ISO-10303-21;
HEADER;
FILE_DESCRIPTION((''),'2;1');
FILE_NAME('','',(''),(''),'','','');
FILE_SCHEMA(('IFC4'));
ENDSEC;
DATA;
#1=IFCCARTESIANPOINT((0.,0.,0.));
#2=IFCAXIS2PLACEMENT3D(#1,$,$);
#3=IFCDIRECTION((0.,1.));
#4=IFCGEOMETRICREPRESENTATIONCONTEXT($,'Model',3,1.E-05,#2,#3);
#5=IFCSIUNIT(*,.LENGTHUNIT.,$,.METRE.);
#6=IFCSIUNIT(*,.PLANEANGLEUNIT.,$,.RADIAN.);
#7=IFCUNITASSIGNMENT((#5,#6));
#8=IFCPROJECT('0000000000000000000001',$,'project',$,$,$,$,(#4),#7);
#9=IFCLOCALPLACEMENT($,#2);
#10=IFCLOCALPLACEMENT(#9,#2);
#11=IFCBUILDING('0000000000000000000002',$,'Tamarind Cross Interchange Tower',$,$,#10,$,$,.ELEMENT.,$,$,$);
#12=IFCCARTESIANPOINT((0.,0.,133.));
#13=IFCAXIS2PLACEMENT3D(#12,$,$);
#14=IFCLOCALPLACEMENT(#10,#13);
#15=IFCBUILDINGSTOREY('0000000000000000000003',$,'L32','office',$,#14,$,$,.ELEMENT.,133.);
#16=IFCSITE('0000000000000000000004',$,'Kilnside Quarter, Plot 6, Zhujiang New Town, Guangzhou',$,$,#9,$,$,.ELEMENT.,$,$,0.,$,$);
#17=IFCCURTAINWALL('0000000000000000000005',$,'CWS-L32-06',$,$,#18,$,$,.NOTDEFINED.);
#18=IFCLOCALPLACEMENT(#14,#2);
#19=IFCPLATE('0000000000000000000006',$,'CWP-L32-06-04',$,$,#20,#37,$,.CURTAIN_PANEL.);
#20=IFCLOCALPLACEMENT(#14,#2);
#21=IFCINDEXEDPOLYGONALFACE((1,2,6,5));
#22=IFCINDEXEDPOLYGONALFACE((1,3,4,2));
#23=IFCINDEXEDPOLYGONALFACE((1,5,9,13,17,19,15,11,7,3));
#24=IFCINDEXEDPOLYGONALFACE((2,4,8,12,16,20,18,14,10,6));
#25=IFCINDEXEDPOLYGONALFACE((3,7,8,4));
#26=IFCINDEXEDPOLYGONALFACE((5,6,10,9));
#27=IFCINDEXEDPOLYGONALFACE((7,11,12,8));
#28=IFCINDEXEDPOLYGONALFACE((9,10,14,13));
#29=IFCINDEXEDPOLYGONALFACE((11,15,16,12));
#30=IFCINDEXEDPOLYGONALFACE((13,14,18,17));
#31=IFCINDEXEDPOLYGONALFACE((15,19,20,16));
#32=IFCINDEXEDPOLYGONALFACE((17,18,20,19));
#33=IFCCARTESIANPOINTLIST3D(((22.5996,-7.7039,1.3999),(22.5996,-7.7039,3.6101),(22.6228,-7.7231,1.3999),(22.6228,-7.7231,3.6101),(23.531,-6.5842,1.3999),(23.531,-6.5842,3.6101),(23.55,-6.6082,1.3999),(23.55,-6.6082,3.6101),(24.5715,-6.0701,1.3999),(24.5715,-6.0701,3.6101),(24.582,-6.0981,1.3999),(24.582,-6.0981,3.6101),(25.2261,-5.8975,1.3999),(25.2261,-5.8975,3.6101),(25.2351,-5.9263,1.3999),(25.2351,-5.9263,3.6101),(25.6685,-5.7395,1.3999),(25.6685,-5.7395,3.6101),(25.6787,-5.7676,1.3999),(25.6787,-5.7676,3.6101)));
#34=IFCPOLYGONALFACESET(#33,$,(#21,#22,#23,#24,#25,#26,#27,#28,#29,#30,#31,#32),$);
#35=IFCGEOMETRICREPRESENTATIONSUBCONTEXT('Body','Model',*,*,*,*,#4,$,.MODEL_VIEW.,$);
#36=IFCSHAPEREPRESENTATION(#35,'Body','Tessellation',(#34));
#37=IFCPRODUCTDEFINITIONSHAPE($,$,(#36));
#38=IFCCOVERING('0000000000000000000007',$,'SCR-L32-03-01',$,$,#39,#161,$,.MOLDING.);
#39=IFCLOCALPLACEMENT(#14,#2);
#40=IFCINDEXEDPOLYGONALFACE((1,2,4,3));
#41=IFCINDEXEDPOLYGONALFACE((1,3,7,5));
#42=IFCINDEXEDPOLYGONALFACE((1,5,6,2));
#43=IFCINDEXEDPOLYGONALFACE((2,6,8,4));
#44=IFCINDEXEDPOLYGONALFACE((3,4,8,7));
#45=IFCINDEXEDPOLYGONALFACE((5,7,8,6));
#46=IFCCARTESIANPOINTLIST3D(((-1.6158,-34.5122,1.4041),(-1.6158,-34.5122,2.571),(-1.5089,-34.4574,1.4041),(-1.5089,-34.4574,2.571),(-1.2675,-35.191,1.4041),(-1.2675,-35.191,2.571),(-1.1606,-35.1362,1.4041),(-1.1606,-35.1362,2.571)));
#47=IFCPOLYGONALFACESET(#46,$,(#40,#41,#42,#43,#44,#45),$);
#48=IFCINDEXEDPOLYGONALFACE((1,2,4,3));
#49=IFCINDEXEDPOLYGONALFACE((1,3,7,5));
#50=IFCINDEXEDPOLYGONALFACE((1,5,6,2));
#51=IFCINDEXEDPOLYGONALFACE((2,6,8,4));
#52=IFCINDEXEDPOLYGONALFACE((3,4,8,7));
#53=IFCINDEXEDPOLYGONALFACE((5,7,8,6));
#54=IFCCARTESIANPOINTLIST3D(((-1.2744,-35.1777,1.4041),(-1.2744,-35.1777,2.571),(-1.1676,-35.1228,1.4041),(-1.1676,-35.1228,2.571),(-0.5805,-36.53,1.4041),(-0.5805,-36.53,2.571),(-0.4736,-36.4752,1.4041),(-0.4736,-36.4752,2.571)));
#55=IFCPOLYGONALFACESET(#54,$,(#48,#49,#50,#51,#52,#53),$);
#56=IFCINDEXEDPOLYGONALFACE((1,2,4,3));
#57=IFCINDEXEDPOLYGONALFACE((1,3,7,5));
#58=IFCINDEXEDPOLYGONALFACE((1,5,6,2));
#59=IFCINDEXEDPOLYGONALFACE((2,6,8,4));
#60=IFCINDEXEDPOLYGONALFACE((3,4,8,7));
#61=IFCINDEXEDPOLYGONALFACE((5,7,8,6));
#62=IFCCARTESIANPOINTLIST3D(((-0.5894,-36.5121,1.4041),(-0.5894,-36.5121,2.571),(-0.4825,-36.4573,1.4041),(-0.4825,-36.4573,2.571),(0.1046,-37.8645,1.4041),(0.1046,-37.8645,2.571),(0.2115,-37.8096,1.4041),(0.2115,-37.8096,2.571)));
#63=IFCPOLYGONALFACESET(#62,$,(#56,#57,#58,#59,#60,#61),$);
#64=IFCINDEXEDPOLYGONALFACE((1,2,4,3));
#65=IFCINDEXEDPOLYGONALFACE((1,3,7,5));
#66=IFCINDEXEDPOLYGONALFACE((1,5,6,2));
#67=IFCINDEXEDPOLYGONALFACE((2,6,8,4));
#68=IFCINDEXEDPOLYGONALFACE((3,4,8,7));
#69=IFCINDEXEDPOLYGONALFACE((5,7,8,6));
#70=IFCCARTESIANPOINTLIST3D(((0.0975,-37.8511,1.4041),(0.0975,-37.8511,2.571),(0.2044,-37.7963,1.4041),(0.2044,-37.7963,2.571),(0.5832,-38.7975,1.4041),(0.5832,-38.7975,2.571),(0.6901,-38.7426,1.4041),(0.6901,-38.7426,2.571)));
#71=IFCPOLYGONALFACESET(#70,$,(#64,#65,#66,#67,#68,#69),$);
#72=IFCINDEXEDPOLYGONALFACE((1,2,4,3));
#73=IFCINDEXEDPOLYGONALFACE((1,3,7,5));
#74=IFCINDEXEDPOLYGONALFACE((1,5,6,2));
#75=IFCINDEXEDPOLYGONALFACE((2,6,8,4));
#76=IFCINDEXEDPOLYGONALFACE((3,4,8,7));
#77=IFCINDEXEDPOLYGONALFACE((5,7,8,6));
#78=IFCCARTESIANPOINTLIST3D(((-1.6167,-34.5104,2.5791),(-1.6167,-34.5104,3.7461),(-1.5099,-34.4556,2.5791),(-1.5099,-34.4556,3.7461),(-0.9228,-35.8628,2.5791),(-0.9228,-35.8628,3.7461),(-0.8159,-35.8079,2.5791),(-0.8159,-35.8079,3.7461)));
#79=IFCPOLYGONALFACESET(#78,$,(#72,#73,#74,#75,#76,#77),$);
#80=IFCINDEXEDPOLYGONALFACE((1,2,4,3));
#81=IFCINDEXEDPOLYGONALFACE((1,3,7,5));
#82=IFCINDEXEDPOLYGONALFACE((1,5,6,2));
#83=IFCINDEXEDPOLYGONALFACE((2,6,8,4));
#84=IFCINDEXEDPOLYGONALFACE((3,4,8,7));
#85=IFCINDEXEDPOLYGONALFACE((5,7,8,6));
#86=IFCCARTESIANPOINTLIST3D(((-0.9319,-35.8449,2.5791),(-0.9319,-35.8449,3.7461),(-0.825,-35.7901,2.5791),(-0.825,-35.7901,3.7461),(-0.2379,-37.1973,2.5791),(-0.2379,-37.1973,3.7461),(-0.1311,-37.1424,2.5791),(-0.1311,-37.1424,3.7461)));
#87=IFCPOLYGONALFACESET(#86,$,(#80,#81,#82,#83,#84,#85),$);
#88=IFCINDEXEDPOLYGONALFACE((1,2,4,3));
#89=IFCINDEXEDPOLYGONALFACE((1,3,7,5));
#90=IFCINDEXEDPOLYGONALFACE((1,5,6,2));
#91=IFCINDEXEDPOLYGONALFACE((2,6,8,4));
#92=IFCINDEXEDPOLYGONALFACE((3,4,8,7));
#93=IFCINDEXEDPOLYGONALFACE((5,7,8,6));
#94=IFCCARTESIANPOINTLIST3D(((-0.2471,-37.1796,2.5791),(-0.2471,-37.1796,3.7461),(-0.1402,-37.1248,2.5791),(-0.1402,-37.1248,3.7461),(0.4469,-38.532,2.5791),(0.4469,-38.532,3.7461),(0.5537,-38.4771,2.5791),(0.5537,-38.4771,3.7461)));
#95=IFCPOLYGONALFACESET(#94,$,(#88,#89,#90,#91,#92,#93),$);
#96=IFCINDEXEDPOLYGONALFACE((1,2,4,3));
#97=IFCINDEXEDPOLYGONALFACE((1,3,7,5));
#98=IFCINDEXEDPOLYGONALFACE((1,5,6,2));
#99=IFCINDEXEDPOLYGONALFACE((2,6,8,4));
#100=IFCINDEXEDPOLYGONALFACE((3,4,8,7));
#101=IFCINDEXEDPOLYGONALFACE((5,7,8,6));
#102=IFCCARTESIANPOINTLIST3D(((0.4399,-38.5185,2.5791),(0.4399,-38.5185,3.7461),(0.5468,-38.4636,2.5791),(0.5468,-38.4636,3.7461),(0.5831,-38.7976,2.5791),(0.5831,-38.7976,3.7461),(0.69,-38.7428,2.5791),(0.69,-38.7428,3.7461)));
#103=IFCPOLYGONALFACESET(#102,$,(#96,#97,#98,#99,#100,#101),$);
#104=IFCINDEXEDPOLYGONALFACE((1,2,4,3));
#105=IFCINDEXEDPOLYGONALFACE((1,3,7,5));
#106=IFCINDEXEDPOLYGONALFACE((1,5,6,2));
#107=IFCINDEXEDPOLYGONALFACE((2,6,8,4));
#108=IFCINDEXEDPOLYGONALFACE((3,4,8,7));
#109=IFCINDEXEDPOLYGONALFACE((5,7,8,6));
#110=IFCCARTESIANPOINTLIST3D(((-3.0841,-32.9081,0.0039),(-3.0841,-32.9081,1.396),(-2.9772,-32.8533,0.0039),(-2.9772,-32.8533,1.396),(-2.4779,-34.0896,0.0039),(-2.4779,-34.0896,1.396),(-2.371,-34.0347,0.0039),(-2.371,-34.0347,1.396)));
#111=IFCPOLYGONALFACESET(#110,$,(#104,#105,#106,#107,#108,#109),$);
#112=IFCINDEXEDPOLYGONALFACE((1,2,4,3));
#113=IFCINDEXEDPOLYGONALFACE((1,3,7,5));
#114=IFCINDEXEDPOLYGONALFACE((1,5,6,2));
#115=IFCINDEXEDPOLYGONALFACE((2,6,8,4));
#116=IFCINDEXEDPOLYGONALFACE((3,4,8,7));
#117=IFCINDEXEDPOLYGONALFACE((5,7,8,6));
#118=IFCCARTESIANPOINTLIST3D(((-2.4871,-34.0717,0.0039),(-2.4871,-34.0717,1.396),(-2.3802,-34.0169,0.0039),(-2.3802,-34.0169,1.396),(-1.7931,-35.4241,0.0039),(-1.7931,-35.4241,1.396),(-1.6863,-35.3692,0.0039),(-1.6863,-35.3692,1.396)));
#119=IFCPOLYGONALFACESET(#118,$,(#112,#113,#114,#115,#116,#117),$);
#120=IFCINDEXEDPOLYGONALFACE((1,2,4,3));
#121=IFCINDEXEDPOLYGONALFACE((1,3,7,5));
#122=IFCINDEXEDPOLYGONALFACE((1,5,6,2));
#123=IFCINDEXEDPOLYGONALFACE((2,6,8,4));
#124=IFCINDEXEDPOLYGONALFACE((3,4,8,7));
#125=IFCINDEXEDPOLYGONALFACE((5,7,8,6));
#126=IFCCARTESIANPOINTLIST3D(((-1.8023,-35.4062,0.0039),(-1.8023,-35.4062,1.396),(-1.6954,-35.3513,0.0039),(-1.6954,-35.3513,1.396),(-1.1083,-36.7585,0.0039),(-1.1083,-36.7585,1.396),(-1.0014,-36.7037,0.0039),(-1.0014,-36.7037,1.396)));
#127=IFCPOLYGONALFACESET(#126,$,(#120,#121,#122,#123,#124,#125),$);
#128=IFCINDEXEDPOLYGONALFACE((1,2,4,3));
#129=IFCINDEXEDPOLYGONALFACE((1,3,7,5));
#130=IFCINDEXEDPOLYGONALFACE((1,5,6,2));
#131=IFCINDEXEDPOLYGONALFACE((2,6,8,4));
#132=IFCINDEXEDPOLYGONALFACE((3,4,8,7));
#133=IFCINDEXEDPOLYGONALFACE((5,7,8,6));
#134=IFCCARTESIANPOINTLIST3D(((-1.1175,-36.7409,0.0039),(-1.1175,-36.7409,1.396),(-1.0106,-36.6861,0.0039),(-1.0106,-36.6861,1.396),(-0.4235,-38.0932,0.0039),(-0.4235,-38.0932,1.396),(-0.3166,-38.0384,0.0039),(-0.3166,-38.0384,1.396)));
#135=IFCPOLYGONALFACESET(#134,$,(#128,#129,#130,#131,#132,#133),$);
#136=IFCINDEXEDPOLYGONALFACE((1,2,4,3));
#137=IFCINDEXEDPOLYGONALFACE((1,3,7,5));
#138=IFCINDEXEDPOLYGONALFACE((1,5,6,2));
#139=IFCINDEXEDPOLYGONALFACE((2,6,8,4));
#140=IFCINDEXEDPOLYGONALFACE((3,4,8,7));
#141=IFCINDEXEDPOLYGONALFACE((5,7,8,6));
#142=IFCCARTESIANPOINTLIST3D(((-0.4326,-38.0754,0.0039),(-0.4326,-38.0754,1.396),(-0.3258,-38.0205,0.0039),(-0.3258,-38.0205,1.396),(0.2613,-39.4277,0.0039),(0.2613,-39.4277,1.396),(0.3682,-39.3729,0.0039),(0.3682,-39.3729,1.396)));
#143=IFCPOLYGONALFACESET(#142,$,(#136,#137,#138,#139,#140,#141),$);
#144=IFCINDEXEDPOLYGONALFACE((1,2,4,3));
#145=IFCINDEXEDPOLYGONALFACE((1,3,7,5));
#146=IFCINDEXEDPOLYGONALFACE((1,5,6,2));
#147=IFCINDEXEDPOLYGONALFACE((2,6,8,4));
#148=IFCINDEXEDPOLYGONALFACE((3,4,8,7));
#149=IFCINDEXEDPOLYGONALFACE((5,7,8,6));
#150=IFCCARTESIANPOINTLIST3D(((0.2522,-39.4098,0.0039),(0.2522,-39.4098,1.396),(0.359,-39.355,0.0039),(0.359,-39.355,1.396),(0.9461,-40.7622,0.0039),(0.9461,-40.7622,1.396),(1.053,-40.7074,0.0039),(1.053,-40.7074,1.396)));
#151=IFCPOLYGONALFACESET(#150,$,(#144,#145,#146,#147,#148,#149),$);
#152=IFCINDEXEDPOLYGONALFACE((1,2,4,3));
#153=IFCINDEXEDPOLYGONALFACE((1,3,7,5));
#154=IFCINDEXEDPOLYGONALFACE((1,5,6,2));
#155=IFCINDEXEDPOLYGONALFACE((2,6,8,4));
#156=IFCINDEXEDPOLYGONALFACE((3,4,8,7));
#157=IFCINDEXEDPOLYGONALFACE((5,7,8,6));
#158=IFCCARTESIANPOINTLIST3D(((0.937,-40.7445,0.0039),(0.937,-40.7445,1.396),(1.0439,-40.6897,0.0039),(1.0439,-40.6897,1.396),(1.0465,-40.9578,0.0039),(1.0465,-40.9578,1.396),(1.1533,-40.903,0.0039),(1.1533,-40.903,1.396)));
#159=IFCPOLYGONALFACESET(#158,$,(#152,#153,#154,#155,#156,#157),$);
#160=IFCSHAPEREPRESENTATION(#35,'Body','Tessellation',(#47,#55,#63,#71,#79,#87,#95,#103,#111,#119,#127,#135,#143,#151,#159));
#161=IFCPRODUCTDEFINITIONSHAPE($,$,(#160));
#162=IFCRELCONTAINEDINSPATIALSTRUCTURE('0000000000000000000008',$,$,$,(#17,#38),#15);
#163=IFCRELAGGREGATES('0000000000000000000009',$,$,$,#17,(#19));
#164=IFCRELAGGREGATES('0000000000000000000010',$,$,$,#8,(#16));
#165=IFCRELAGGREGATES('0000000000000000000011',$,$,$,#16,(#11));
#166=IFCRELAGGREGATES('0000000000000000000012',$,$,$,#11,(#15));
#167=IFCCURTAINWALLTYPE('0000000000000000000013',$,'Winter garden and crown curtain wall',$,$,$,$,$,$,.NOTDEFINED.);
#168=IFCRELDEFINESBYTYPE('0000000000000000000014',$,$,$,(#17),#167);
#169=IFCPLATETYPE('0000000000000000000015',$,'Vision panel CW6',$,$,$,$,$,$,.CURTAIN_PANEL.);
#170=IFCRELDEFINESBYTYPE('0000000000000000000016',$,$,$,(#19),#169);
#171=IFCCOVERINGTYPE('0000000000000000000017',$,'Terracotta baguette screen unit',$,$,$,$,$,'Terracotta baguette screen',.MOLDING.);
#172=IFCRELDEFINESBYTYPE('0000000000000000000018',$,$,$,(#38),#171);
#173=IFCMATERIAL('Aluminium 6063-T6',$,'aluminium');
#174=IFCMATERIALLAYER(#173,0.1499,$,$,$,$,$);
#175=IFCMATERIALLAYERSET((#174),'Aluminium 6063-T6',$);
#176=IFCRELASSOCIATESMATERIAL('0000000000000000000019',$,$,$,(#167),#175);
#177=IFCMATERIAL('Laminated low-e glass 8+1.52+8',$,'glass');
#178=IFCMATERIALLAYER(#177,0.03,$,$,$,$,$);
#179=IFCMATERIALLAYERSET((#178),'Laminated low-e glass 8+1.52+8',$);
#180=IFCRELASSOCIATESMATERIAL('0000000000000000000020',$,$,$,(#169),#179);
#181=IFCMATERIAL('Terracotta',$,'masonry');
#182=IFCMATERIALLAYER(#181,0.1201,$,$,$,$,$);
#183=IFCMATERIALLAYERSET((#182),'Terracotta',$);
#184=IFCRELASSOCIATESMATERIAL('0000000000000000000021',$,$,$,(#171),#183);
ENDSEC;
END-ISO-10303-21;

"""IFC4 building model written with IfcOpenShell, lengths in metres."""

from ifc_helpers import new_model, si_unit, direction, frame, origin, origin_2d, place, context, subcontext, project, spatial, polyline, rectangle, outline, extrude, material, layer, layer_set, type_object, element, aggregate, save


model = new_model("IFC4")

# Units and contexts
model_context = context("Model", 3, precision=1e-05, world=origin(), true_north=direction((0.0, 1.0)))
body_context = subcontext(model_context, "Body", "Model", "MODEL_VIEW")
ifc_project = project(units=[si_unit("LENGTHUNIT", "METRE"), si_unit("PLANEANGLEUNIT", "RADIAN")], contexts=[model_context])

# Site, building, storey
site_placement = place(None, origin())
site = spatial("IfcSite", under=ifc_project, at=site_placement, Name="Kilnside Quarter, Plot 6, Zhujiang New Town, Guangzhou", CompositionType="ELEMENT", RefElevation=0.0)
building_placement = place(site_placement, origin())
building = spatial("IfcBuilding", under=site, at=building_placement, Name="Tamarind Cross Interchange Tower", CompositionType="ELEMENT")
storey_placement = place(building_placement, frame((0.0, 0.0, 133.0)))
storey = spatial("IfcBuildingStorey", under=building, at=storey_placement, Name="L32", Description="office", CompositionType="ELEMENT", Elevation=133.0)

# Curtain wall
ifc_material_1 = material(Name="Aluminium 6063-T6", Category="aluminium")
ifc_layer_1 = layer(ifc_material_1, 0.1499)
ifc_layer_set_1 = layer_set([ifc_layer_1], Name="Aluminium 6063-T6")
curtain_wall_type_1 = type_object("IfcCurtainWallType", Name="Winter garden and crown curtain wall", PredefinedType="NOTDEFINED", material=ifc_layer_set_1)
curtain_wall_1_placement = place(storey_placement, origin())
curtain_wall_1 = element("IfcCurtainWall", 1, at=curtain_wall_1_placement, inside=storey, type_object=curtain_wall_type_1, Name="CWS-L32-06", PredefinedType="NOTDEFINED")

# Plate
ifc_material_2 = material(Name="Laminated low-e glass 8+1.52+8", Category="glass")
ifc_layer_2 = layer(ifc_material_2, 0.03)
ifc_layer_set_2 = layer_set([ifc_layer_2], Name="Laminated low-e glass 8+1.52+8")
plate_type_1 = type_object("IfcPlateType", Name="Vision panel CW6", PredefinedType="CURTAIN_PANEL", material=ifc_layer_set_2)
plate_1_placement = place(storey_placement, frame((0.0, 0.0, 1.3999)))
plate_1 = element("IfcPlate", 2, at=plate_1_placement, type_object=plate_type_1, Name="CWP-L32-06-04", PredefinedType="CURTAIN_PANEL", context=body_context, shape_type="SweptSolid", body=[
    extrude(outline(polyline([(22.5996, -7.7039), (23.531, -6.5842), (24.5715, -6.0701), (25.2261, -5.8975), (25.6685, -5.7395), (25.6787, -5.7676), (25.2351, -5.9263), (24.582, -6.0981), (23.55, -6.6082), (22.6228, -7.7231), (22.5996, -7.7039)])), origin(), (0.0, 0.0, 1.0), 2.2102),
])
aggregate(curtain_wall_1, [plate_1])

# Covering
ifc_material_3 = material(Name="Terracotta", Category="masonry")
ifc_layer_3 = layer(ifc_material_3, 0.1201)
ifc_layer_set_3 = layer_set([ifc_layer_3], Name="Terracotta")
covering_type = type_object("IfcCoveringType", Name="Terracotta baguette screen unit", ElementType="Terracotta baguette screen", PredefinedType="MOLDING", material=ifc_layer_set_3)
covering_1_placement = place(storey_placement, origin())
element("IfcCovering", 3, at=covering_1_placement, inside=storey, type_object=covering_type, Name="SCR-L32-03-01", PredefinedType="MOLDING", context=body_context, shape_type="SweptSolid", body=[
    extrude(rectangle(XDim=0.7629, YDim=0.1201, at=origin_2d()), frame((-1.3882, -34.8242, 1.4041), z_axis=(0.0, 0.0, 1.0), x_axis=(0.456551, -0.889697, 0.0)), (0.0, 0.0, 1.0), 1.167),
    extrude(rectangle(XDim=1.52, YDim=0.1201, at=origin_2d()), frame((-0.874, -35.8264, 1.4041), z_axis=(0.0, 0.0, 1.0), x_axis=(0.456551, -0.889697, 0.0)), (0.0, 0.0, 1.0), 1.167),
    extrude(rectangle(XDim=1.52, YDim=0.1201, at=origin_2d()), frame((-0.189, -37.1609, 1.4041), z_axis=(0.0, 0.0, 1.0), x_axis=(0.456551, -0.889697, 0.0)), (0.0, 0.0, 1.0), 1.167),
    extrude(rectangle(XDim=1.0637, YDim=0.1201, at=origin_2d()), frame((0.3938, -38.2969, 1.4041), z_axis=(0.0, 0.0, 1.0), x_axis=(0.456551, -0.889697, 0.0)), (0.0, 0.0, 1.0), 1.167),
    extrude(rectangle(XDim=1.52, YDim=0.1201, at=origin_2d()), frame((-1.2163, -35.1592, 2.5791), z_axis=(0.0, 0.0, 1.0), x_axis=(0.456551, -0.889697, 0.0)), (0.0, 0.0, 1.0), 1.167),
    extrude(rectangle(XDim=1.52, YDim=0.1201, at=origin_2d()), frame((-0.5315, -36.4937, 2.5791), z_axis=(0.0, 0.0, 1.0), x_axis=(0.456551, -0.889697, 0.0)), (0.0, 0.0, 1.0), 1.167),
    extrude(rectangle(XDim=1.52, YDim=0.1201, at=origin_2d()), frame((0.1533, -37.8284, 2.5791), z_axis=(0.0, 0.0, 1.0), x_axis=(0.456551, -0.889697, 0.0)), (0.0, 0.0, 1.0), 1.167),
    extrude(rectangle(XDim=0.3137, YDim=0.1201, at=origin_2d()), frame((0.5649, -38.6306, 2.5791), z_axis=(0.0, 0.0, 1.0), x_axis=(0.456551, -0.889697, 0.0)), (0.0, 0.0, 1.0), 1.167),
    extrude(rectangle(XDim=1.3279, YDim=0.1201, at=origin_2d()), frame((-2.7275, -33.4714, 0.0039), z_axis=(0.0, 0.0, 1.0), x_axis=(0.456551, -0.889697, 0.0)), (0.0, 0.0, 1.0), 1.3921),
    extrude(rectangle(XDim=1.52, YDim=0.1201, at=origin_2d()), frame((-2.0867, -34.7205, 0.0039), z_axis=(0.0, 0.0, 1.0), x_axis=(0.456551, -0.889697, 0.0)), (0.0, 0.0, 1.0), 1.3921),
    extrude(rectangle(XDim=1.52, YDim=0.1201, at=origin_2d()), frame((-1.4019, -36.0549, 0.0039), z_axis=(0.0, 0.0, 1.0), x_axis=(0.456551, -0.889697, 0.0)), (0.0, 0.0, 1.0), 1.3921),
    extrude(rectangle(XDim=1.52, YDim=0.1201, at=origin_2d()), frame((-0.717, -37.3896, 0.0039), z_axis=(0.0, 0.0, 1.0), x_axis=(0.456551, -0.889697, 0.0)), (0.0, 0.0, 1.0), 1.3921),
    extrude(rectangle(XDim=1.52, YDim=0.1201, at=origin_2d()), frame((-0.0322, -38.7241, 0.0039), z_axis=(0.0, 0.0, 1.0), x_axis=(0.456551, -0.889697, 0.0)), (0.0, 0.0, 1.0), 1.3921),
    extrude(rectangle(XDim=1.52, YDim=0.1201, at=origin_2d()), frame((0.6526, -40.0586, 0.0039), z_axis=(0.0, 0.0, 1.0), x_axis=(0.456551, -0.889697, 0.0)), (0.0, 0.0, 1.0), 1.3921),
    extrude(rectangle(XDim=0.2397, YDim=0.1201, at=origin_2d()), frame((1.0452, -40.8237, 0.0039), z_axis=(0.0, 0.0, 1.0), x_axis=(0.456551, -0.889697, 0.0)), (0.0, 0.0, 1.0), 1.3921),
])

save(model, "model.ifc")
